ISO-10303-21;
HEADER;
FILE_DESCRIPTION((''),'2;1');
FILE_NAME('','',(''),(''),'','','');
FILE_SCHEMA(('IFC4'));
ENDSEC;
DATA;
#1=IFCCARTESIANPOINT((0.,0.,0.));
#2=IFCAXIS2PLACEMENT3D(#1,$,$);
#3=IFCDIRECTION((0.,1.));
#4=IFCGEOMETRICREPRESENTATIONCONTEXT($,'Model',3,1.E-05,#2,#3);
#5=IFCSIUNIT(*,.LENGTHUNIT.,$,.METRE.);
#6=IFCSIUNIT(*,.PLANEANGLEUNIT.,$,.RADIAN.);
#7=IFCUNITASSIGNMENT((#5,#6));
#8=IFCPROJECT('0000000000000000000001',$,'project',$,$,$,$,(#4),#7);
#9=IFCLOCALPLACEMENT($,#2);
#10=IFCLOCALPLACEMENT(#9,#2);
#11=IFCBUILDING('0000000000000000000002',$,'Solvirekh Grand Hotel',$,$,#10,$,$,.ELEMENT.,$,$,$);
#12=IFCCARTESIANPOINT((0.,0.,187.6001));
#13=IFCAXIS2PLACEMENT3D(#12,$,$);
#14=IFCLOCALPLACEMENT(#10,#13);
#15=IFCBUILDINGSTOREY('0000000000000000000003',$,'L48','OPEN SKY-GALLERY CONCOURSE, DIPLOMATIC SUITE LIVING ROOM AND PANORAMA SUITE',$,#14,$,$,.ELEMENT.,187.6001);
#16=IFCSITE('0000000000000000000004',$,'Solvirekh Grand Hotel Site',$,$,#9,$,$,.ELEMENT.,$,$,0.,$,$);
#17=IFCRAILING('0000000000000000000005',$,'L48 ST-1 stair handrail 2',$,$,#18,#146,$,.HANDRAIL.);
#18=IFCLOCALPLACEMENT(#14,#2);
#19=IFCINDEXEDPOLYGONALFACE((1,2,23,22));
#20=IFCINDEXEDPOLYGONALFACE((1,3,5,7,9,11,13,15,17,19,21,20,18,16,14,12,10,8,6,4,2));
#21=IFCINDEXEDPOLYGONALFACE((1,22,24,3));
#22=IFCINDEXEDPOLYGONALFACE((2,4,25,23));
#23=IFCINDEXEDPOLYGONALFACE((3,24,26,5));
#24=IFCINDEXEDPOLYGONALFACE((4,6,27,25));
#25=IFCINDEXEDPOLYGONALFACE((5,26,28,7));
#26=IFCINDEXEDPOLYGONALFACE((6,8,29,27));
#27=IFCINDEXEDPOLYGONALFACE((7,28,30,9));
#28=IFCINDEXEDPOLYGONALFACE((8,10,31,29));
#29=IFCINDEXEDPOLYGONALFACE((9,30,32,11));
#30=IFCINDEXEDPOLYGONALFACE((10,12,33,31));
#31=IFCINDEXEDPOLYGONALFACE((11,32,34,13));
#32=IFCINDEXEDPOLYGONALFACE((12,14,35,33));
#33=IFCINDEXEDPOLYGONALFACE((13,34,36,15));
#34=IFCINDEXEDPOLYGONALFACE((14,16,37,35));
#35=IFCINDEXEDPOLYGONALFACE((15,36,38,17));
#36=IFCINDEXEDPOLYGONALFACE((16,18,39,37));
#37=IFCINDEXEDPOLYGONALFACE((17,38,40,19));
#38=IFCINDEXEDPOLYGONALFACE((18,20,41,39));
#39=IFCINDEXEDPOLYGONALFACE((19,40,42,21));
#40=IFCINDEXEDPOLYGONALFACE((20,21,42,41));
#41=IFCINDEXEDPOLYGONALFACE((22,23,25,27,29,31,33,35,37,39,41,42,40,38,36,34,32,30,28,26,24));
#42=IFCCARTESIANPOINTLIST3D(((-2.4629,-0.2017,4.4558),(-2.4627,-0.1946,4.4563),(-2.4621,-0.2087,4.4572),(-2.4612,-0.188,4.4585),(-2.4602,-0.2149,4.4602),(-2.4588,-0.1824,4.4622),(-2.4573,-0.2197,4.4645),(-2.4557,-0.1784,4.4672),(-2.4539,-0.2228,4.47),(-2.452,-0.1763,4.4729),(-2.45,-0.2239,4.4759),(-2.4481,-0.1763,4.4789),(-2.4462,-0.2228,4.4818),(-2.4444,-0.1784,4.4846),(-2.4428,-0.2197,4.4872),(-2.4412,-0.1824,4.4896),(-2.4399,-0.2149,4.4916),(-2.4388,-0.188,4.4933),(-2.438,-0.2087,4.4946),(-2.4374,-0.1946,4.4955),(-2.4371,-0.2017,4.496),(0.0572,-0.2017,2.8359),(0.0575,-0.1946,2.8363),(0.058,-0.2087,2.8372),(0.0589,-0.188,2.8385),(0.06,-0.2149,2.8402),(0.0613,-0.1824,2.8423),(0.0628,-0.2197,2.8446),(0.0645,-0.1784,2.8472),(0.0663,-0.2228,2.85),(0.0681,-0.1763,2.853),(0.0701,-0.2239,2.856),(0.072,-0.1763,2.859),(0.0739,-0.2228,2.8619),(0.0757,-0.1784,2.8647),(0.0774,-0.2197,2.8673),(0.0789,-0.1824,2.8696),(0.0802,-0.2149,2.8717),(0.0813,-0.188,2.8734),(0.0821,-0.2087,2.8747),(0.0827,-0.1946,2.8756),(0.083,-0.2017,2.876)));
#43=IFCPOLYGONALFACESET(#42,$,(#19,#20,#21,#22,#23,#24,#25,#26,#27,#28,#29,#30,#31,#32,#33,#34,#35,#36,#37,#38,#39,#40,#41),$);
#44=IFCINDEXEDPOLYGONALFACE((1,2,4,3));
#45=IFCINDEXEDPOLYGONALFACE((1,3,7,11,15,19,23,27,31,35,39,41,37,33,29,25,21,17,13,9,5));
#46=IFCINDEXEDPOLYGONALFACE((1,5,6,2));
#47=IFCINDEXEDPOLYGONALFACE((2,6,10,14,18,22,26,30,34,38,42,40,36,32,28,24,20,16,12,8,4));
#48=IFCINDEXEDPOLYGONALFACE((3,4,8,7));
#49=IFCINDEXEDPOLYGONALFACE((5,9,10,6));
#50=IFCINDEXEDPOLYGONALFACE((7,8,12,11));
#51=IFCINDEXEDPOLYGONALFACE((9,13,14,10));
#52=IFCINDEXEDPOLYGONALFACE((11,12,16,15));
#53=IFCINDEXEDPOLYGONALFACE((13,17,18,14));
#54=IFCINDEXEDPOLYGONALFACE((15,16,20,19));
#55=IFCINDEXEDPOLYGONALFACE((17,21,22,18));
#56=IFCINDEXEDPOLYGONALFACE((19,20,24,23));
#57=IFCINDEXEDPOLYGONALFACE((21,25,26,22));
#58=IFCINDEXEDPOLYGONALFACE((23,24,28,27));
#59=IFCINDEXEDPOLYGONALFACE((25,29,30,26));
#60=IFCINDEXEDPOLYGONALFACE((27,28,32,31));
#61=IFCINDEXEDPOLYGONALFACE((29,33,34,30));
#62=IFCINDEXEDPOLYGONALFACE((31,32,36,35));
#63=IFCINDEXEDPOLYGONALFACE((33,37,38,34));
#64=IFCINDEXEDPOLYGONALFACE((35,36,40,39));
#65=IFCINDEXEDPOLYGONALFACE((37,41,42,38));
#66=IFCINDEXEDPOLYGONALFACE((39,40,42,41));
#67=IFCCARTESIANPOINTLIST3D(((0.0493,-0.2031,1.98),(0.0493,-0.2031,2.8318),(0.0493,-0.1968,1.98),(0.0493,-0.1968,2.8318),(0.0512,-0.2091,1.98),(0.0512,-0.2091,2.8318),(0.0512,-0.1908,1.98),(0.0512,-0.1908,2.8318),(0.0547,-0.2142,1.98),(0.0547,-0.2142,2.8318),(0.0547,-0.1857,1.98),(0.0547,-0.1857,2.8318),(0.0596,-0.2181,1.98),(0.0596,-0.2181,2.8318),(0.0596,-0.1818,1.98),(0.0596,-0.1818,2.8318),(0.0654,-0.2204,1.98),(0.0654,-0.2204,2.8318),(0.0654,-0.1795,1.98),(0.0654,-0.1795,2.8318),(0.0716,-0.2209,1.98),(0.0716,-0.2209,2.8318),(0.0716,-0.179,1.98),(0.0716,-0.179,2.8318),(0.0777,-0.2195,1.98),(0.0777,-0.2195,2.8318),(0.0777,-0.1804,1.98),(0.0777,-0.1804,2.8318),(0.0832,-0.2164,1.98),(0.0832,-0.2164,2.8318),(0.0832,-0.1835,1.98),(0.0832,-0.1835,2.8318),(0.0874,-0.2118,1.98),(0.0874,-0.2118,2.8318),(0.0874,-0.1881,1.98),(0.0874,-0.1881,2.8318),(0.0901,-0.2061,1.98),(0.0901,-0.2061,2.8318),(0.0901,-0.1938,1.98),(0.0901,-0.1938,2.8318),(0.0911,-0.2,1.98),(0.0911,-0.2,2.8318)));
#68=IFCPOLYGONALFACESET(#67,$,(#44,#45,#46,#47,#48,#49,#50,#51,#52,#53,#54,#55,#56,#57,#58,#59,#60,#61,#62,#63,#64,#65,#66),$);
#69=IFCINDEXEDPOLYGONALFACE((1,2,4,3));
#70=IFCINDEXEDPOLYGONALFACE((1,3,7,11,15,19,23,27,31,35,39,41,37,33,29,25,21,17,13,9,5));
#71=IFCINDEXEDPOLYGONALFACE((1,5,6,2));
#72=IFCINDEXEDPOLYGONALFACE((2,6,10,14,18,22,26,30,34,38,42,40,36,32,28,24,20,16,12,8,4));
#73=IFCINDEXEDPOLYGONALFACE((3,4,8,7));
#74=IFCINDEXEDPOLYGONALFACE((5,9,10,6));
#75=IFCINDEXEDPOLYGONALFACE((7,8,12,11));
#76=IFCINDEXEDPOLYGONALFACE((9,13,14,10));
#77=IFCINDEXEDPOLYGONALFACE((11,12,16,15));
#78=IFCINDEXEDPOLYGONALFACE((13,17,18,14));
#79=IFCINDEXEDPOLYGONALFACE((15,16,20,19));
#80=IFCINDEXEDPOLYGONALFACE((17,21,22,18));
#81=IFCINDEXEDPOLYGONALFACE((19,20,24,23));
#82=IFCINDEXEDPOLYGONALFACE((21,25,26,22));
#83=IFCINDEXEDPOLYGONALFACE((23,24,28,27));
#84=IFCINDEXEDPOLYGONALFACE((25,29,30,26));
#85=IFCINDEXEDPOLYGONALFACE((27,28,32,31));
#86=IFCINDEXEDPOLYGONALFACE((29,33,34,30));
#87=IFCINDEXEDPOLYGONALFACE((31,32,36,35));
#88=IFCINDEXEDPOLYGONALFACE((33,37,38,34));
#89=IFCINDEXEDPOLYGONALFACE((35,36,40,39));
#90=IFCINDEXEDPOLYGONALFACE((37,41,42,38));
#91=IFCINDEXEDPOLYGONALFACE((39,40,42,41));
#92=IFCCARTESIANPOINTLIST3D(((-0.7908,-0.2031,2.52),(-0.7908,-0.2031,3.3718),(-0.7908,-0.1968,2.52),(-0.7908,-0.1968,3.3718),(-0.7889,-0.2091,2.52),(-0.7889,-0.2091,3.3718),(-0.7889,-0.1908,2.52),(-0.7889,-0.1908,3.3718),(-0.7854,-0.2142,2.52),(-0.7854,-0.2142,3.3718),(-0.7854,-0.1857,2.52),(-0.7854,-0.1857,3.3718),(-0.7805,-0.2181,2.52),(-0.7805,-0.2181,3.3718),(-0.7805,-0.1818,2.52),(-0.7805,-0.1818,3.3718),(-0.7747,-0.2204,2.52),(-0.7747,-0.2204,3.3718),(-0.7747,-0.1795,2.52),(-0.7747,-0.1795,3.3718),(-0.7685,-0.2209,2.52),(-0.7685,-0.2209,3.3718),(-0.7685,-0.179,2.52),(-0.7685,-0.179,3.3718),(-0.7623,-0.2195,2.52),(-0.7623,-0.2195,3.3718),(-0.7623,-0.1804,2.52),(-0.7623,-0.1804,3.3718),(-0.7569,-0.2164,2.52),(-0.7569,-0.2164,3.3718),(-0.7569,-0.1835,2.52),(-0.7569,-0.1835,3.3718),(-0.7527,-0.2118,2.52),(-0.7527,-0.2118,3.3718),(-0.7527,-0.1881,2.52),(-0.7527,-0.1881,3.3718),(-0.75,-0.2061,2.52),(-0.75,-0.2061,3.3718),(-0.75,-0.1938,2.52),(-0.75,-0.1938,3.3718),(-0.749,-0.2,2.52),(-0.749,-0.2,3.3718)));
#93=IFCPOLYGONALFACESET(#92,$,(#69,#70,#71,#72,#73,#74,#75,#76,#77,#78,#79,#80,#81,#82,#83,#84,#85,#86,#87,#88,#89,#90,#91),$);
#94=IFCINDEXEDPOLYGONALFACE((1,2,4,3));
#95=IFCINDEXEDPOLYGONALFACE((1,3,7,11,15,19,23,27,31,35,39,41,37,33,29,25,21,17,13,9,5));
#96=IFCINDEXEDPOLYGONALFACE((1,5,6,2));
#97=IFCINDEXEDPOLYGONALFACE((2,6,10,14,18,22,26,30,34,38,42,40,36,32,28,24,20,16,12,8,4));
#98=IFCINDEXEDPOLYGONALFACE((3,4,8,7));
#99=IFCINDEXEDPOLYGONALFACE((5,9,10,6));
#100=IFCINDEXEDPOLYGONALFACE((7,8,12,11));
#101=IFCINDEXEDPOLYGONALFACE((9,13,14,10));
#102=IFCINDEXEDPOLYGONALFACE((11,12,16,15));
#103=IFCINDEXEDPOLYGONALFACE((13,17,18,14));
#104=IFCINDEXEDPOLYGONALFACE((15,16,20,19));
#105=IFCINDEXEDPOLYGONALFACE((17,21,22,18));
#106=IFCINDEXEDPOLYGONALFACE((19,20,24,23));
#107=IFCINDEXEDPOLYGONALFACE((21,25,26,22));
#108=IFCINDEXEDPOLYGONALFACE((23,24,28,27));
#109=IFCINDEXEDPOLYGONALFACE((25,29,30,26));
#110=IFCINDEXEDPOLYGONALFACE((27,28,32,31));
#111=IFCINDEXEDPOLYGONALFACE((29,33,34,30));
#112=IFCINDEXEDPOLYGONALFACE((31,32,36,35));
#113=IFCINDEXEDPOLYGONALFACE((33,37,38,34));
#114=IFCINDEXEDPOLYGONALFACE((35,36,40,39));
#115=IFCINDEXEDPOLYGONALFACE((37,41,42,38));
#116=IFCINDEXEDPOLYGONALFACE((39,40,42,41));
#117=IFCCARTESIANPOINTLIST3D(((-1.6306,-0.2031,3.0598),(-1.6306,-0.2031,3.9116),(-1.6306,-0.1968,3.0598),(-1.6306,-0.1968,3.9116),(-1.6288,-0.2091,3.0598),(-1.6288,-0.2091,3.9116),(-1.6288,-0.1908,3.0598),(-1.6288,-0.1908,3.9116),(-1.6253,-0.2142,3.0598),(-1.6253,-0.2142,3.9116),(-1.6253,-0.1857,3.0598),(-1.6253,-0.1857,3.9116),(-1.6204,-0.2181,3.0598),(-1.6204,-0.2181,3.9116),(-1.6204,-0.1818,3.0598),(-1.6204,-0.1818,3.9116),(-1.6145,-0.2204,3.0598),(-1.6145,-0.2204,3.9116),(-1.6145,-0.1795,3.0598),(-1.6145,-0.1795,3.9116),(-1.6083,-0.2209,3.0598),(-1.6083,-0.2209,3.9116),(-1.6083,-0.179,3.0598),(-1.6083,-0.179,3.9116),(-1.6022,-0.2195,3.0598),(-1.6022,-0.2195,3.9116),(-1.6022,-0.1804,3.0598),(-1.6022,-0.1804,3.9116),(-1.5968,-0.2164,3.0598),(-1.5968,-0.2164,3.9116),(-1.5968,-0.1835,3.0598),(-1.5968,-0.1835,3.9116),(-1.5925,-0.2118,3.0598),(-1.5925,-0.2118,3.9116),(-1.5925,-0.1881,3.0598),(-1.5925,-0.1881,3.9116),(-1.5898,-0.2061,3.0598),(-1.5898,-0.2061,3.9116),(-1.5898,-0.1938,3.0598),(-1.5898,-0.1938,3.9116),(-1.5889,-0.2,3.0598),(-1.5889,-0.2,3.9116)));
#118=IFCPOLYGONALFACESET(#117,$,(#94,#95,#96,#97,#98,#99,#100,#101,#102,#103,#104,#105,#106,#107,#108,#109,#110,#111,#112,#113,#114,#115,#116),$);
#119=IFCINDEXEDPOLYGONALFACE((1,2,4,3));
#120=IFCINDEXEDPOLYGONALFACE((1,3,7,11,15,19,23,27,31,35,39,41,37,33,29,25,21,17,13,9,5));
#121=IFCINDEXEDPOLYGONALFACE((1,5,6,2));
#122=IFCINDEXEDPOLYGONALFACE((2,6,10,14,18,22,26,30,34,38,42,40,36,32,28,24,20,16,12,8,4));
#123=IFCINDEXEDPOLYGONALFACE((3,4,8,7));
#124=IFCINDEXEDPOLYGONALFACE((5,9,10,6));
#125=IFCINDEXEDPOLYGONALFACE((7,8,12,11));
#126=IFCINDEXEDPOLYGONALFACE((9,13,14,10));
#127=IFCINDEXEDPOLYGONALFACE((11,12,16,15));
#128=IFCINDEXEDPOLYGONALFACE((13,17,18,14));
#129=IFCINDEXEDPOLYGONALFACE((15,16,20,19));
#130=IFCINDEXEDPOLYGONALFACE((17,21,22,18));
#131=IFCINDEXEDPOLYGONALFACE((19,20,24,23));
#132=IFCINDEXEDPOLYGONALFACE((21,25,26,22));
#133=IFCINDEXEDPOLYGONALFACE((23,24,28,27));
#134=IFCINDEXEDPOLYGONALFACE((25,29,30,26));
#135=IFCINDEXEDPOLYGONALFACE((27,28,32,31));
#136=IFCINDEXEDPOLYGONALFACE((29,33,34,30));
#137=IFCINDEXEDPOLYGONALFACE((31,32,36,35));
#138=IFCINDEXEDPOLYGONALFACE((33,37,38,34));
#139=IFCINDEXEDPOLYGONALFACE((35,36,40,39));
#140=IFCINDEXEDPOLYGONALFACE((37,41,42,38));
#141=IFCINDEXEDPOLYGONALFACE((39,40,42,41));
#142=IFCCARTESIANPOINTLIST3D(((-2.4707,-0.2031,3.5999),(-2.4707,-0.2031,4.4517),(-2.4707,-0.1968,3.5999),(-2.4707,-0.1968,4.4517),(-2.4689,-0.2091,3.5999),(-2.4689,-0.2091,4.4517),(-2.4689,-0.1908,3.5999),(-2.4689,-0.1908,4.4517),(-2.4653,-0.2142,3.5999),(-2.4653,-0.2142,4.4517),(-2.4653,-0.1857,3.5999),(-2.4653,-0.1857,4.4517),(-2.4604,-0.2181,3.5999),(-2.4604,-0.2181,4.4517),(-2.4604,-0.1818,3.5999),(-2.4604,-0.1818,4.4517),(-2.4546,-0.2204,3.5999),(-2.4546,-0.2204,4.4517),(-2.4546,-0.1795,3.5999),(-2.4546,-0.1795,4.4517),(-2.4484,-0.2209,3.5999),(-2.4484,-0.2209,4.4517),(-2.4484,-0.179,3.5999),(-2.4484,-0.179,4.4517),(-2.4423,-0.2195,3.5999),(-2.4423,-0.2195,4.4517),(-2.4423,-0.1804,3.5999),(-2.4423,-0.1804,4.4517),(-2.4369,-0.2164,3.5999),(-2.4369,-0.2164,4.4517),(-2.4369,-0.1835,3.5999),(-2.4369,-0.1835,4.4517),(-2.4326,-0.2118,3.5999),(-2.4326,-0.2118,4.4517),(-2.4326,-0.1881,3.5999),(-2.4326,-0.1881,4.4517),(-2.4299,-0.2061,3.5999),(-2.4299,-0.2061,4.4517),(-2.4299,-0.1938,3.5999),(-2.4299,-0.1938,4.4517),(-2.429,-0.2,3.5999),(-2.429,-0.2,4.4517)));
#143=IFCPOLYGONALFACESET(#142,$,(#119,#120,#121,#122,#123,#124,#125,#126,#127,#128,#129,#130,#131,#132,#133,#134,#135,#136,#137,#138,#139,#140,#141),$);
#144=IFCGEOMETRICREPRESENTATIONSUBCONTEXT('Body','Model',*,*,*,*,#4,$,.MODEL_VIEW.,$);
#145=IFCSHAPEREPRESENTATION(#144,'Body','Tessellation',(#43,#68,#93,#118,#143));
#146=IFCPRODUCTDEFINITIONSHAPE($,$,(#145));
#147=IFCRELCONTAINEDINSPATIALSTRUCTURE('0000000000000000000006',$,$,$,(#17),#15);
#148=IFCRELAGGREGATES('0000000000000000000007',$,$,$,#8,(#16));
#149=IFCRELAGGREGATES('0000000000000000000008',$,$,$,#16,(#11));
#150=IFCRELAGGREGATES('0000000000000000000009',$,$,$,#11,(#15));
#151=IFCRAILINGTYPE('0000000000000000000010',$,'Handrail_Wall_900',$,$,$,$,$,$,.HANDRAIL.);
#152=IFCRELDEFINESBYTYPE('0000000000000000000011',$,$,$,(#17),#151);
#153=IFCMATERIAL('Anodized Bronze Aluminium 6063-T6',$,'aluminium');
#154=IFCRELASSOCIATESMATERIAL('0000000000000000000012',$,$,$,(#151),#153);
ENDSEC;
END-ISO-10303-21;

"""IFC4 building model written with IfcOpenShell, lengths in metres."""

from ifc_helpers import new_model, si_unit, direction, frame, origin, origin_2d, place, context, subcontext, project, spatial, circle, extrude, material, type_object, element, save


model = new_model("IFC4")

# Units and contexts
model_context = context("Model", 3, precision=1e-05, world=origin(), true_north=direction((0.0, 1.0)))
body_context = subcontext(model_context, "Body", "Model", "MODEL_VIEW")
ifc_project = project(units=[si_unit("LENGTHUNIT", "METRE"), si_unit("PLANEANGLEUNIT", "RADIAN")], contexts=[model_context])

# Site, building, storey
site_placement = place(None, origin())
site = spatial("IfcSite", under=ifc_project, at=site_placement, Name="Solvirekh Grand Hotel Site", CompositionType="ELEMENT", RefElevation=0.0)
building_placement = place(site_placement, origin())
building = spatial("IfcBuilding", under=site, at=building_placement, Name="Solvirekh Grand Hotel", CompositionType="ELEMENT")
storey_placement = place(building_placement, frame((0.0, 0.0, 187.6001)))
storey = spatial("IfcBuildingStorey", under=building, at=storey_placement, Name="L48", Description="OPEN SKY-GALLERY CONCOURSE, DIPLOMATIC SUITE LIVING ROOM AND PANORAMA SUITE", CompositionType="ELEMENT", Elevation=187.6001)

# Railing
ifc_material_1 = material(Name="Anodized Bronze Aluminium 6063-T6", Category="aluminium")
railing_type_1 = type_object("IfcRailingType", Name="Handrail_Wall_900", PredefinedType="HANDRAIL", material=ifc_material_1)
railing_1_placement = place(storey_placement, frame((0.0701, -0.2, 1.98)))
element("IfcRailing", 1, at=railing_1_placement, inside=storey, type_object=railing_type_1, Name="L48 ST-1 stair handrail 2", PredefinedType="HANDRAIL", context=body_context, shape_type="SweptSolid", body=[
    extrude(circle(Radius=0.0239, at=origin_2d()), frame((0.0, 0.0, 0.876), z_axis=(-0.8412, 0.0, 0.540725), x_axis=(0.0, -1.0, 0.0)), (0.0, 0.0, 1.0), 2.9958),
    extrude(circle(Radius=0.021, at=origin_2d()), origin(), (0.0, 0.0, 1.0), 0.8518),
    extrude(circle(Radius=0.021, at=origin_2d()), frame((-0.8401, 0.0, 0.54)), (0.0, 0.0, 1.0), 0.8518),
    extrude(circle(Radius=0.021, at=origin_2d()), frame((-1.6799, 0.0, 1.0798)), (0.0, 0.0, 1.0), 0.8518),
    extrude(circle(Radius=0.021, at=origin_2d()), frame((-2.52, 0.0, 1.6199)), (0.0, 0.0, 1.0), 0.8518),
])

save(model, "model.ifc")
